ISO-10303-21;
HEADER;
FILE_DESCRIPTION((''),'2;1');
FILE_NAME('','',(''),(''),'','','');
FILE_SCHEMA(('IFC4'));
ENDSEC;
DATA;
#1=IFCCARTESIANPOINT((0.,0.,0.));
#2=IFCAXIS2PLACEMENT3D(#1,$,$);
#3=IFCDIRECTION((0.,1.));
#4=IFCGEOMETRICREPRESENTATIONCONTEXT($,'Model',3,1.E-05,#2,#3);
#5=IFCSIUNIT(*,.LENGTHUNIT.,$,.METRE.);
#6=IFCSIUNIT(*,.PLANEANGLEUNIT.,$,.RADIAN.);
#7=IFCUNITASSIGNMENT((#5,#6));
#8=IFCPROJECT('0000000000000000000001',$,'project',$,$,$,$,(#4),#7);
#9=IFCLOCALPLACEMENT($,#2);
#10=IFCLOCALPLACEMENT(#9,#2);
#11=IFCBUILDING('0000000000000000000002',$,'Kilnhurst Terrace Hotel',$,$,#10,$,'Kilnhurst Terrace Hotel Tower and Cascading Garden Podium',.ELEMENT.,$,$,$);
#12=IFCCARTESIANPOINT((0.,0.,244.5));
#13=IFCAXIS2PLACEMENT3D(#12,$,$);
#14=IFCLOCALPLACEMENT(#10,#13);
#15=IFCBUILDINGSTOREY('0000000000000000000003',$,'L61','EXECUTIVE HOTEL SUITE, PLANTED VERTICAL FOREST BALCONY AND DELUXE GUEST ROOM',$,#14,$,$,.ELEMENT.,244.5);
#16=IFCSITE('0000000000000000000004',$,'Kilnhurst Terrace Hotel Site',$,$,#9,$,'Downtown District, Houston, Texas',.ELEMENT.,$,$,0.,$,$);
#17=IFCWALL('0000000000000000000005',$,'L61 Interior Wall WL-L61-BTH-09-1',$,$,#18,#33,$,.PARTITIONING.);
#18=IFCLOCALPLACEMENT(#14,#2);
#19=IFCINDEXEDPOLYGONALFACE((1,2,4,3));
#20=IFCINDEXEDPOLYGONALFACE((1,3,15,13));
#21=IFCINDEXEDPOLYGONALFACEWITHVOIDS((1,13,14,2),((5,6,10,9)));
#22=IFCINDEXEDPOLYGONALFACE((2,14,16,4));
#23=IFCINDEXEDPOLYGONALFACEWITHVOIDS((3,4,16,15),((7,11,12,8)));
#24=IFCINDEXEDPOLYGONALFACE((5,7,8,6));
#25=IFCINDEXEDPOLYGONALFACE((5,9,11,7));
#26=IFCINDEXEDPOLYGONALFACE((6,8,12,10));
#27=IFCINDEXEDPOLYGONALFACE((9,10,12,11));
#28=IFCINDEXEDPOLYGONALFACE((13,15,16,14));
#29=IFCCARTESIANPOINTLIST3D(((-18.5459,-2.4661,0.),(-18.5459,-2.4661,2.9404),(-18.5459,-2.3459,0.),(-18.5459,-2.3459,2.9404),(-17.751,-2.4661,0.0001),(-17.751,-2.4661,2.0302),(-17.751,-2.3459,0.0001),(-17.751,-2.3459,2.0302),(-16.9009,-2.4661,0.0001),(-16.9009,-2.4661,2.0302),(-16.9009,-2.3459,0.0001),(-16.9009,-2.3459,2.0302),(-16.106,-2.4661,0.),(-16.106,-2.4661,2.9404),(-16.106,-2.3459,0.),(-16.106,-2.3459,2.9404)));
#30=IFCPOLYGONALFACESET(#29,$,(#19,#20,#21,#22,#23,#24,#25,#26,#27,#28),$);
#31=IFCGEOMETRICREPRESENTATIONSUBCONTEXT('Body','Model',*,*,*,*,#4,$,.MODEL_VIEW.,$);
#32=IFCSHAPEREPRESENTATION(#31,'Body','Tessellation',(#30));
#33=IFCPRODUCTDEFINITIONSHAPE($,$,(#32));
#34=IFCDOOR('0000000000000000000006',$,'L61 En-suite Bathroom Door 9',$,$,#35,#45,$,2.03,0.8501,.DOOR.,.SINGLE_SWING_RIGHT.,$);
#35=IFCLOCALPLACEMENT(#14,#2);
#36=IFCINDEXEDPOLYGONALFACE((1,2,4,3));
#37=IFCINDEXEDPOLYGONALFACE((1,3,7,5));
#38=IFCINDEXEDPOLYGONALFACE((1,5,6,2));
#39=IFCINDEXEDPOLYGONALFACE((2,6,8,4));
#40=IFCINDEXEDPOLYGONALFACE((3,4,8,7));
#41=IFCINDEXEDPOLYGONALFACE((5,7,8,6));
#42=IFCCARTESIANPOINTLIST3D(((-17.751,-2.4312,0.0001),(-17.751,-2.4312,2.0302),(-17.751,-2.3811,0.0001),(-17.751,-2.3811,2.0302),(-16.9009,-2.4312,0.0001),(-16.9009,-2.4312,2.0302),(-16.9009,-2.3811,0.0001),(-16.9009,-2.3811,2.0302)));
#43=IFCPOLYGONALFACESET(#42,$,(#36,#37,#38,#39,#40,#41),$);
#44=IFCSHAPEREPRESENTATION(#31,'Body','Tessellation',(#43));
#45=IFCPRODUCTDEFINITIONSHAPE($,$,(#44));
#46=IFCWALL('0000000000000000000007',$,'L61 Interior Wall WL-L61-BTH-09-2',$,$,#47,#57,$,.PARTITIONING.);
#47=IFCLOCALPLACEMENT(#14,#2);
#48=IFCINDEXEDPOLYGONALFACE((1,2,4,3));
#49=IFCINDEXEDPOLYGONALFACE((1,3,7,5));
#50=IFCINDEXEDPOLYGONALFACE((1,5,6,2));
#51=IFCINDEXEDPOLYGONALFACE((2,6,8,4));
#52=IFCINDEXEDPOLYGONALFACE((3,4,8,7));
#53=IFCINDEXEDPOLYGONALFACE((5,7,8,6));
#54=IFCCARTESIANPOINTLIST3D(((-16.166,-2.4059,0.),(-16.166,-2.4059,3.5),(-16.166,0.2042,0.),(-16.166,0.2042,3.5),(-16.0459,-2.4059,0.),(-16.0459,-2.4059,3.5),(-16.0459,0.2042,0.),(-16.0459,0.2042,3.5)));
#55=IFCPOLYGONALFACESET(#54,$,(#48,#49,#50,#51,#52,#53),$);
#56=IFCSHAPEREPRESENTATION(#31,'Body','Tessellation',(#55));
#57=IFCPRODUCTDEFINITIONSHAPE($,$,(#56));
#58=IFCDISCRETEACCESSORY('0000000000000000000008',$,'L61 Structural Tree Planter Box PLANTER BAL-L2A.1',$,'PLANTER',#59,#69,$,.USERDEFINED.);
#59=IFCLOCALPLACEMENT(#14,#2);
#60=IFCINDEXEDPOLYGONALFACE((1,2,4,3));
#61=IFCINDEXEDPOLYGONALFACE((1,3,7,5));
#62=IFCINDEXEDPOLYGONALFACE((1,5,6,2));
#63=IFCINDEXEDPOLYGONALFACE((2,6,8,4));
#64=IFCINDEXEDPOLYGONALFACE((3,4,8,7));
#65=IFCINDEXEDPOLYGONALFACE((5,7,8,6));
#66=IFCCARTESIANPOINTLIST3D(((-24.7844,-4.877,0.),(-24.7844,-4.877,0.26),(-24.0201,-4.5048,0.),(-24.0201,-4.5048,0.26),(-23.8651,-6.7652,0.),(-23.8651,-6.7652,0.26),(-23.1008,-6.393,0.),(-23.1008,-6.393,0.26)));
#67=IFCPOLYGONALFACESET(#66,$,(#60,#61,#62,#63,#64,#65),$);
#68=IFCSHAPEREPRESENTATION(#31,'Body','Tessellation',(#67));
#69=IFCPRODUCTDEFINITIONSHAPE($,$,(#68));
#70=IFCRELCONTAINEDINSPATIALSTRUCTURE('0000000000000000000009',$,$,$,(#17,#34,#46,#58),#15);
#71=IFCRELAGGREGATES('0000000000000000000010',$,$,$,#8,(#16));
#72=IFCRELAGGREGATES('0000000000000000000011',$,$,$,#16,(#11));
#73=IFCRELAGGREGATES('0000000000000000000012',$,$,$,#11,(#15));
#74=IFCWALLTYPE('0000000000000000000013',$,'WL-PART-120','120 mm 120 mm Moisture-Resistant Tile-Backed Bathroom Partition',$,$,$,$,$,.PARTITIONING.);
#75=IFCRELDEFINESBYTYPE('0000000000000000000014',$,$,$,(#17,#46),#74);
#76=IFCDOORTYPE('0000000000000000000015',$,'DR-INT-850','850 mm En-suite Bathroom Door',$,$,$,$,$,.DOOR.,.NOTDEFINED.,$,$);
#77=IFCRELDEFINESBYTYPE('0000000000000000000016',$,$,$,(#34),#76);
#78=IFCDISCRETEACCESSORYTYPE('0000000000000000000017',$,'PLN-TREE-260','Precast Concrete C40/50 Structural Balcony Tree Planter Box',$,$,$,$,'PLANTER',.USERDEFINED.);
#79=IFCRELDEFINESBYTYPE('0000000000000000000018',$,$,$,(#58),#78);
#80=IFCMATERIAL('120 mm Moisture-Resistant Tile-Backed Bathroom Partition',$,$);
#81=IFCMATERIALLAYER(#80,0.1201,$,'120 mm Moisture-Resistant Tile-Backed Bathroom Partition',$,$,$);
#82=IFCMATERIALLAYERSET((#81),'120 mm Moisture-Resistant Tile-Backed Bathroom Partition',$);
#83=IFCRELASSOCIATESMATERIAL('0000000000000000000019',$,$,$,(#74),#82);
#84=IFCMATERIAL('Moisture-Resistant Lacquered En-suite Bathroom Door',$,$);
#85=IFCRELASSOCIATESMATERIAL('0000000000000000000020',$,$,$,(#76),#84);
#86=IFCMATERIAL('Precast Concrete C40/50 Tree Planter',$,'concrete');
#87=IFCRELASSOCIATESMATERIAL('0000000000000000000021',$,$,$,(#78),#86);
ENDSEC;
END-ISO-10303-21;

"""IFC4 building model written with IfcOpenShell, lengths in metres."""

from ifc_helpers import new_model, si_unit, direction, frame, frame_2d, origin, origin_2d, place, context, subcontext, project, spatial, rectangle, extrude, material, layer, layer_set, type_object, element, fill, save


model = new_model("IFC4")

# Units and contexts
model_context = context("Model", 3, precision=1e-05, world=origin(), true_north=direction((0.0, 1.0)))
body_context = subcontext(model_context, "Body", "Model", "MODEL_VIEW")
ifc_project = project(units=[si_unit("LENGTHUNIT", "METRE"), si_unit("PLANEANGLEUNIT", "RADIAN")], contexts=[model_context])

# Site, building, storey
site_placement = place(None, origin())
site = spatial("IfcSite", under=ifc_project, at=site_placement, Name="Kilnhurst Terrace Hotel Site", LongName="Downtown District, Houston, Texas", CompositionType="ELEMENT", RefElevation=0.0)
building_placement = place(site_placement, origin())
building = spatial("IfcBuilding", under=site, at=building_placement, Name="Kilnhurst Terrace Hotel", LongName="Kilnhurst Terrace Hotel Tower and Cascading Garden Podium", CompositionType="ELEMENT")
storey_placement = place(building_placement, frame((0.0, 0.0, 244.5)))
storey = spatial("IfcBuildingStorey", under=building, at=storey_placement, Name="L61", Description="EXECUTIVE HOTEL SUITE, PLANTED VERTICAL FOREST BALCONY AND DELUXE GUEST ROOM", CompositionType="ELEMENT", Elevation=244.5)

# Wall, opening, door
ifc_material_1 = material(Name="120 mm Moisture-Resistant Tile-Backed Bathroom Partition")
ifc_layer_1 = layer(ifc_material_1, 0.1201, Name="120 mm Moisture-Resistant Tile-Backed Bathroom Partition")
ifc_layer_set_1 = layer_set([ifc_layer_1], Name="120 mm Moisture-Resistant Tile-Backed Bathroom Partition")
wall_type_1 = type_object("IfcWallType", Name="WL-PART-120", Description="120 mm 120 mm Moisture-Resistant Tile-Backed Bathroom Partition", PredefinedType="PARTITIONING", material=ifc_layer_set_1)
wall_1_placement = place(storey_placement, frame((-18.5459, -2.406, 0.0), z_axis=(0.0, 0.0, 1.0), x_axis=(1.0, 0.0, 0.0)))
wall_1 = element("IfcWall", 1, at=wall_1_placement, inside=storey, type_object=wall_type_1, Name="L61 Interior Wall WL-L61-BTH-09-1", PredefinedType="PARTITIONING", context=body_context, shape_type="SweptSolid", body=[
    extrude(rectangle(XDim=2.4399, YDim=0.1201, at=frame_2d((1.22, 0.0))), origin(), (0.0, 0.0, 1.0), 2.9404),
])
opening_1_placement = place(wall_1_placement, frame((0.7949, 0.0, 0.0)))
opening_1 = element("IfcOpeningElement", 2, at=opening_1_placement, cuts=wall_1, PredefinedType="OPENING", context=body_context, shape_type="SweptSolid", body=[
    extrude(rectangle(XDim=0.8501, YDim=2.03, at=frame_2d((0.425, 1.0151))), frame((0.0, 0.0701, 0.0), z_axis=(0.0, -1.0, 0.0), x_axis=(1.0, 0.0, 0.0)), (0.0, 0.0, 1.0), 0.1401),
])
ifc_material_2 = material(Name="Moisture-Resistant Lacquered En-suite Bathroom Door")
door_type_1 = type_object("IfcDoorType", Name="DR-INT-850", Description="850 mm En-suite Bathroom Door", OperationType="NOTDEFINED", PredefinedType="DOOR", material=ifc_material_2)
door_1_placement = place(opening_1_placement, origin())
door_1 = element("IfcDoor", 3, at=door_1_placement, inside=storey, type_object=door_type_1, Name="L61 En-suite Bathroom Door 9", OperationType="SINGLE_SWING_RIGHT", OverallHeight=2.03, OverallWidth=0.8501, PredefinedType="DOOR", context=body_context, shape_type="SweptSolid", body=[
    extrude(rectangle(XDim=0.8501, YDim=2.03, at=frame_2d((0.425, 1.0151))), frame((0.0, 0.0249, 0.0), z_axis=(0.0, -1.0, 0.0), x_axis=(1.0, 0.0, 0.0)), (0.0, 0.0, 1.0), 0.05),
])
fill(opening_1, door_1)

# Wall
wall_2_placement = place(storey_placement, frame((-16.106, -2.406, 0.0), z_axis=(0.0, 0.0, 1.0), x_axis=(0.0, 1.0, 0.0)))
element("IfcWall", 4, at=wall_2_placement, inside=storey, type_object=wall_type_1, Name="L61 Interior Wall WL-L61-BTH-09-2", PredefinedType="PARTITIONING", context=body_context, shape_type="SweptSolid", body=[
    extrude(rectangle(XDim=2.6101, YDim=0.1201, at=frame_2d((1.3052, 0.0))), origin(), (0.0, 0.0, 1.0), 3.5),
])

# Discrete accessory
ifc_material_3 = material(Name="Precast Concrete C40/50 Tree Planter", Category="concrete")
discrete_accessory_type = type_object("IfcDiscreteAccessoryType", Name="PLN-TREE-260", Description="Precast Concrete C40/50 Structural Balcony Tree Planter Box", ElementType="PLANTER", PredefinedType="USERDEFINED", material=ifc_material_3)
discrete_accessory_placement = place(storey_placement, frame((-23.9426, -5.635, 0.0), z_axis=(0.0, 0.0, 1.0), x_axis=(0.437744, -0.8991, 0.0)))
element("IfcDiscreteAccessory", 5, at=discrete_accessory_placement, inside=storey, type_object=discrete_accessory_type, Name="L61 Structural Tree Planter Box PLANTER BAL-L2A.1", ObjectType="PLANTER", PredefinedType="USERDEFINED", context=body_context, shape_type="SweptSolid", body=[
    extrude(rectangle(XDim=2.1001, YDim=0.8501, at=origin_2d()), origin(), (0.0, 0.0, 1.0), 0.26),
])

save(model, "model.ifc")
